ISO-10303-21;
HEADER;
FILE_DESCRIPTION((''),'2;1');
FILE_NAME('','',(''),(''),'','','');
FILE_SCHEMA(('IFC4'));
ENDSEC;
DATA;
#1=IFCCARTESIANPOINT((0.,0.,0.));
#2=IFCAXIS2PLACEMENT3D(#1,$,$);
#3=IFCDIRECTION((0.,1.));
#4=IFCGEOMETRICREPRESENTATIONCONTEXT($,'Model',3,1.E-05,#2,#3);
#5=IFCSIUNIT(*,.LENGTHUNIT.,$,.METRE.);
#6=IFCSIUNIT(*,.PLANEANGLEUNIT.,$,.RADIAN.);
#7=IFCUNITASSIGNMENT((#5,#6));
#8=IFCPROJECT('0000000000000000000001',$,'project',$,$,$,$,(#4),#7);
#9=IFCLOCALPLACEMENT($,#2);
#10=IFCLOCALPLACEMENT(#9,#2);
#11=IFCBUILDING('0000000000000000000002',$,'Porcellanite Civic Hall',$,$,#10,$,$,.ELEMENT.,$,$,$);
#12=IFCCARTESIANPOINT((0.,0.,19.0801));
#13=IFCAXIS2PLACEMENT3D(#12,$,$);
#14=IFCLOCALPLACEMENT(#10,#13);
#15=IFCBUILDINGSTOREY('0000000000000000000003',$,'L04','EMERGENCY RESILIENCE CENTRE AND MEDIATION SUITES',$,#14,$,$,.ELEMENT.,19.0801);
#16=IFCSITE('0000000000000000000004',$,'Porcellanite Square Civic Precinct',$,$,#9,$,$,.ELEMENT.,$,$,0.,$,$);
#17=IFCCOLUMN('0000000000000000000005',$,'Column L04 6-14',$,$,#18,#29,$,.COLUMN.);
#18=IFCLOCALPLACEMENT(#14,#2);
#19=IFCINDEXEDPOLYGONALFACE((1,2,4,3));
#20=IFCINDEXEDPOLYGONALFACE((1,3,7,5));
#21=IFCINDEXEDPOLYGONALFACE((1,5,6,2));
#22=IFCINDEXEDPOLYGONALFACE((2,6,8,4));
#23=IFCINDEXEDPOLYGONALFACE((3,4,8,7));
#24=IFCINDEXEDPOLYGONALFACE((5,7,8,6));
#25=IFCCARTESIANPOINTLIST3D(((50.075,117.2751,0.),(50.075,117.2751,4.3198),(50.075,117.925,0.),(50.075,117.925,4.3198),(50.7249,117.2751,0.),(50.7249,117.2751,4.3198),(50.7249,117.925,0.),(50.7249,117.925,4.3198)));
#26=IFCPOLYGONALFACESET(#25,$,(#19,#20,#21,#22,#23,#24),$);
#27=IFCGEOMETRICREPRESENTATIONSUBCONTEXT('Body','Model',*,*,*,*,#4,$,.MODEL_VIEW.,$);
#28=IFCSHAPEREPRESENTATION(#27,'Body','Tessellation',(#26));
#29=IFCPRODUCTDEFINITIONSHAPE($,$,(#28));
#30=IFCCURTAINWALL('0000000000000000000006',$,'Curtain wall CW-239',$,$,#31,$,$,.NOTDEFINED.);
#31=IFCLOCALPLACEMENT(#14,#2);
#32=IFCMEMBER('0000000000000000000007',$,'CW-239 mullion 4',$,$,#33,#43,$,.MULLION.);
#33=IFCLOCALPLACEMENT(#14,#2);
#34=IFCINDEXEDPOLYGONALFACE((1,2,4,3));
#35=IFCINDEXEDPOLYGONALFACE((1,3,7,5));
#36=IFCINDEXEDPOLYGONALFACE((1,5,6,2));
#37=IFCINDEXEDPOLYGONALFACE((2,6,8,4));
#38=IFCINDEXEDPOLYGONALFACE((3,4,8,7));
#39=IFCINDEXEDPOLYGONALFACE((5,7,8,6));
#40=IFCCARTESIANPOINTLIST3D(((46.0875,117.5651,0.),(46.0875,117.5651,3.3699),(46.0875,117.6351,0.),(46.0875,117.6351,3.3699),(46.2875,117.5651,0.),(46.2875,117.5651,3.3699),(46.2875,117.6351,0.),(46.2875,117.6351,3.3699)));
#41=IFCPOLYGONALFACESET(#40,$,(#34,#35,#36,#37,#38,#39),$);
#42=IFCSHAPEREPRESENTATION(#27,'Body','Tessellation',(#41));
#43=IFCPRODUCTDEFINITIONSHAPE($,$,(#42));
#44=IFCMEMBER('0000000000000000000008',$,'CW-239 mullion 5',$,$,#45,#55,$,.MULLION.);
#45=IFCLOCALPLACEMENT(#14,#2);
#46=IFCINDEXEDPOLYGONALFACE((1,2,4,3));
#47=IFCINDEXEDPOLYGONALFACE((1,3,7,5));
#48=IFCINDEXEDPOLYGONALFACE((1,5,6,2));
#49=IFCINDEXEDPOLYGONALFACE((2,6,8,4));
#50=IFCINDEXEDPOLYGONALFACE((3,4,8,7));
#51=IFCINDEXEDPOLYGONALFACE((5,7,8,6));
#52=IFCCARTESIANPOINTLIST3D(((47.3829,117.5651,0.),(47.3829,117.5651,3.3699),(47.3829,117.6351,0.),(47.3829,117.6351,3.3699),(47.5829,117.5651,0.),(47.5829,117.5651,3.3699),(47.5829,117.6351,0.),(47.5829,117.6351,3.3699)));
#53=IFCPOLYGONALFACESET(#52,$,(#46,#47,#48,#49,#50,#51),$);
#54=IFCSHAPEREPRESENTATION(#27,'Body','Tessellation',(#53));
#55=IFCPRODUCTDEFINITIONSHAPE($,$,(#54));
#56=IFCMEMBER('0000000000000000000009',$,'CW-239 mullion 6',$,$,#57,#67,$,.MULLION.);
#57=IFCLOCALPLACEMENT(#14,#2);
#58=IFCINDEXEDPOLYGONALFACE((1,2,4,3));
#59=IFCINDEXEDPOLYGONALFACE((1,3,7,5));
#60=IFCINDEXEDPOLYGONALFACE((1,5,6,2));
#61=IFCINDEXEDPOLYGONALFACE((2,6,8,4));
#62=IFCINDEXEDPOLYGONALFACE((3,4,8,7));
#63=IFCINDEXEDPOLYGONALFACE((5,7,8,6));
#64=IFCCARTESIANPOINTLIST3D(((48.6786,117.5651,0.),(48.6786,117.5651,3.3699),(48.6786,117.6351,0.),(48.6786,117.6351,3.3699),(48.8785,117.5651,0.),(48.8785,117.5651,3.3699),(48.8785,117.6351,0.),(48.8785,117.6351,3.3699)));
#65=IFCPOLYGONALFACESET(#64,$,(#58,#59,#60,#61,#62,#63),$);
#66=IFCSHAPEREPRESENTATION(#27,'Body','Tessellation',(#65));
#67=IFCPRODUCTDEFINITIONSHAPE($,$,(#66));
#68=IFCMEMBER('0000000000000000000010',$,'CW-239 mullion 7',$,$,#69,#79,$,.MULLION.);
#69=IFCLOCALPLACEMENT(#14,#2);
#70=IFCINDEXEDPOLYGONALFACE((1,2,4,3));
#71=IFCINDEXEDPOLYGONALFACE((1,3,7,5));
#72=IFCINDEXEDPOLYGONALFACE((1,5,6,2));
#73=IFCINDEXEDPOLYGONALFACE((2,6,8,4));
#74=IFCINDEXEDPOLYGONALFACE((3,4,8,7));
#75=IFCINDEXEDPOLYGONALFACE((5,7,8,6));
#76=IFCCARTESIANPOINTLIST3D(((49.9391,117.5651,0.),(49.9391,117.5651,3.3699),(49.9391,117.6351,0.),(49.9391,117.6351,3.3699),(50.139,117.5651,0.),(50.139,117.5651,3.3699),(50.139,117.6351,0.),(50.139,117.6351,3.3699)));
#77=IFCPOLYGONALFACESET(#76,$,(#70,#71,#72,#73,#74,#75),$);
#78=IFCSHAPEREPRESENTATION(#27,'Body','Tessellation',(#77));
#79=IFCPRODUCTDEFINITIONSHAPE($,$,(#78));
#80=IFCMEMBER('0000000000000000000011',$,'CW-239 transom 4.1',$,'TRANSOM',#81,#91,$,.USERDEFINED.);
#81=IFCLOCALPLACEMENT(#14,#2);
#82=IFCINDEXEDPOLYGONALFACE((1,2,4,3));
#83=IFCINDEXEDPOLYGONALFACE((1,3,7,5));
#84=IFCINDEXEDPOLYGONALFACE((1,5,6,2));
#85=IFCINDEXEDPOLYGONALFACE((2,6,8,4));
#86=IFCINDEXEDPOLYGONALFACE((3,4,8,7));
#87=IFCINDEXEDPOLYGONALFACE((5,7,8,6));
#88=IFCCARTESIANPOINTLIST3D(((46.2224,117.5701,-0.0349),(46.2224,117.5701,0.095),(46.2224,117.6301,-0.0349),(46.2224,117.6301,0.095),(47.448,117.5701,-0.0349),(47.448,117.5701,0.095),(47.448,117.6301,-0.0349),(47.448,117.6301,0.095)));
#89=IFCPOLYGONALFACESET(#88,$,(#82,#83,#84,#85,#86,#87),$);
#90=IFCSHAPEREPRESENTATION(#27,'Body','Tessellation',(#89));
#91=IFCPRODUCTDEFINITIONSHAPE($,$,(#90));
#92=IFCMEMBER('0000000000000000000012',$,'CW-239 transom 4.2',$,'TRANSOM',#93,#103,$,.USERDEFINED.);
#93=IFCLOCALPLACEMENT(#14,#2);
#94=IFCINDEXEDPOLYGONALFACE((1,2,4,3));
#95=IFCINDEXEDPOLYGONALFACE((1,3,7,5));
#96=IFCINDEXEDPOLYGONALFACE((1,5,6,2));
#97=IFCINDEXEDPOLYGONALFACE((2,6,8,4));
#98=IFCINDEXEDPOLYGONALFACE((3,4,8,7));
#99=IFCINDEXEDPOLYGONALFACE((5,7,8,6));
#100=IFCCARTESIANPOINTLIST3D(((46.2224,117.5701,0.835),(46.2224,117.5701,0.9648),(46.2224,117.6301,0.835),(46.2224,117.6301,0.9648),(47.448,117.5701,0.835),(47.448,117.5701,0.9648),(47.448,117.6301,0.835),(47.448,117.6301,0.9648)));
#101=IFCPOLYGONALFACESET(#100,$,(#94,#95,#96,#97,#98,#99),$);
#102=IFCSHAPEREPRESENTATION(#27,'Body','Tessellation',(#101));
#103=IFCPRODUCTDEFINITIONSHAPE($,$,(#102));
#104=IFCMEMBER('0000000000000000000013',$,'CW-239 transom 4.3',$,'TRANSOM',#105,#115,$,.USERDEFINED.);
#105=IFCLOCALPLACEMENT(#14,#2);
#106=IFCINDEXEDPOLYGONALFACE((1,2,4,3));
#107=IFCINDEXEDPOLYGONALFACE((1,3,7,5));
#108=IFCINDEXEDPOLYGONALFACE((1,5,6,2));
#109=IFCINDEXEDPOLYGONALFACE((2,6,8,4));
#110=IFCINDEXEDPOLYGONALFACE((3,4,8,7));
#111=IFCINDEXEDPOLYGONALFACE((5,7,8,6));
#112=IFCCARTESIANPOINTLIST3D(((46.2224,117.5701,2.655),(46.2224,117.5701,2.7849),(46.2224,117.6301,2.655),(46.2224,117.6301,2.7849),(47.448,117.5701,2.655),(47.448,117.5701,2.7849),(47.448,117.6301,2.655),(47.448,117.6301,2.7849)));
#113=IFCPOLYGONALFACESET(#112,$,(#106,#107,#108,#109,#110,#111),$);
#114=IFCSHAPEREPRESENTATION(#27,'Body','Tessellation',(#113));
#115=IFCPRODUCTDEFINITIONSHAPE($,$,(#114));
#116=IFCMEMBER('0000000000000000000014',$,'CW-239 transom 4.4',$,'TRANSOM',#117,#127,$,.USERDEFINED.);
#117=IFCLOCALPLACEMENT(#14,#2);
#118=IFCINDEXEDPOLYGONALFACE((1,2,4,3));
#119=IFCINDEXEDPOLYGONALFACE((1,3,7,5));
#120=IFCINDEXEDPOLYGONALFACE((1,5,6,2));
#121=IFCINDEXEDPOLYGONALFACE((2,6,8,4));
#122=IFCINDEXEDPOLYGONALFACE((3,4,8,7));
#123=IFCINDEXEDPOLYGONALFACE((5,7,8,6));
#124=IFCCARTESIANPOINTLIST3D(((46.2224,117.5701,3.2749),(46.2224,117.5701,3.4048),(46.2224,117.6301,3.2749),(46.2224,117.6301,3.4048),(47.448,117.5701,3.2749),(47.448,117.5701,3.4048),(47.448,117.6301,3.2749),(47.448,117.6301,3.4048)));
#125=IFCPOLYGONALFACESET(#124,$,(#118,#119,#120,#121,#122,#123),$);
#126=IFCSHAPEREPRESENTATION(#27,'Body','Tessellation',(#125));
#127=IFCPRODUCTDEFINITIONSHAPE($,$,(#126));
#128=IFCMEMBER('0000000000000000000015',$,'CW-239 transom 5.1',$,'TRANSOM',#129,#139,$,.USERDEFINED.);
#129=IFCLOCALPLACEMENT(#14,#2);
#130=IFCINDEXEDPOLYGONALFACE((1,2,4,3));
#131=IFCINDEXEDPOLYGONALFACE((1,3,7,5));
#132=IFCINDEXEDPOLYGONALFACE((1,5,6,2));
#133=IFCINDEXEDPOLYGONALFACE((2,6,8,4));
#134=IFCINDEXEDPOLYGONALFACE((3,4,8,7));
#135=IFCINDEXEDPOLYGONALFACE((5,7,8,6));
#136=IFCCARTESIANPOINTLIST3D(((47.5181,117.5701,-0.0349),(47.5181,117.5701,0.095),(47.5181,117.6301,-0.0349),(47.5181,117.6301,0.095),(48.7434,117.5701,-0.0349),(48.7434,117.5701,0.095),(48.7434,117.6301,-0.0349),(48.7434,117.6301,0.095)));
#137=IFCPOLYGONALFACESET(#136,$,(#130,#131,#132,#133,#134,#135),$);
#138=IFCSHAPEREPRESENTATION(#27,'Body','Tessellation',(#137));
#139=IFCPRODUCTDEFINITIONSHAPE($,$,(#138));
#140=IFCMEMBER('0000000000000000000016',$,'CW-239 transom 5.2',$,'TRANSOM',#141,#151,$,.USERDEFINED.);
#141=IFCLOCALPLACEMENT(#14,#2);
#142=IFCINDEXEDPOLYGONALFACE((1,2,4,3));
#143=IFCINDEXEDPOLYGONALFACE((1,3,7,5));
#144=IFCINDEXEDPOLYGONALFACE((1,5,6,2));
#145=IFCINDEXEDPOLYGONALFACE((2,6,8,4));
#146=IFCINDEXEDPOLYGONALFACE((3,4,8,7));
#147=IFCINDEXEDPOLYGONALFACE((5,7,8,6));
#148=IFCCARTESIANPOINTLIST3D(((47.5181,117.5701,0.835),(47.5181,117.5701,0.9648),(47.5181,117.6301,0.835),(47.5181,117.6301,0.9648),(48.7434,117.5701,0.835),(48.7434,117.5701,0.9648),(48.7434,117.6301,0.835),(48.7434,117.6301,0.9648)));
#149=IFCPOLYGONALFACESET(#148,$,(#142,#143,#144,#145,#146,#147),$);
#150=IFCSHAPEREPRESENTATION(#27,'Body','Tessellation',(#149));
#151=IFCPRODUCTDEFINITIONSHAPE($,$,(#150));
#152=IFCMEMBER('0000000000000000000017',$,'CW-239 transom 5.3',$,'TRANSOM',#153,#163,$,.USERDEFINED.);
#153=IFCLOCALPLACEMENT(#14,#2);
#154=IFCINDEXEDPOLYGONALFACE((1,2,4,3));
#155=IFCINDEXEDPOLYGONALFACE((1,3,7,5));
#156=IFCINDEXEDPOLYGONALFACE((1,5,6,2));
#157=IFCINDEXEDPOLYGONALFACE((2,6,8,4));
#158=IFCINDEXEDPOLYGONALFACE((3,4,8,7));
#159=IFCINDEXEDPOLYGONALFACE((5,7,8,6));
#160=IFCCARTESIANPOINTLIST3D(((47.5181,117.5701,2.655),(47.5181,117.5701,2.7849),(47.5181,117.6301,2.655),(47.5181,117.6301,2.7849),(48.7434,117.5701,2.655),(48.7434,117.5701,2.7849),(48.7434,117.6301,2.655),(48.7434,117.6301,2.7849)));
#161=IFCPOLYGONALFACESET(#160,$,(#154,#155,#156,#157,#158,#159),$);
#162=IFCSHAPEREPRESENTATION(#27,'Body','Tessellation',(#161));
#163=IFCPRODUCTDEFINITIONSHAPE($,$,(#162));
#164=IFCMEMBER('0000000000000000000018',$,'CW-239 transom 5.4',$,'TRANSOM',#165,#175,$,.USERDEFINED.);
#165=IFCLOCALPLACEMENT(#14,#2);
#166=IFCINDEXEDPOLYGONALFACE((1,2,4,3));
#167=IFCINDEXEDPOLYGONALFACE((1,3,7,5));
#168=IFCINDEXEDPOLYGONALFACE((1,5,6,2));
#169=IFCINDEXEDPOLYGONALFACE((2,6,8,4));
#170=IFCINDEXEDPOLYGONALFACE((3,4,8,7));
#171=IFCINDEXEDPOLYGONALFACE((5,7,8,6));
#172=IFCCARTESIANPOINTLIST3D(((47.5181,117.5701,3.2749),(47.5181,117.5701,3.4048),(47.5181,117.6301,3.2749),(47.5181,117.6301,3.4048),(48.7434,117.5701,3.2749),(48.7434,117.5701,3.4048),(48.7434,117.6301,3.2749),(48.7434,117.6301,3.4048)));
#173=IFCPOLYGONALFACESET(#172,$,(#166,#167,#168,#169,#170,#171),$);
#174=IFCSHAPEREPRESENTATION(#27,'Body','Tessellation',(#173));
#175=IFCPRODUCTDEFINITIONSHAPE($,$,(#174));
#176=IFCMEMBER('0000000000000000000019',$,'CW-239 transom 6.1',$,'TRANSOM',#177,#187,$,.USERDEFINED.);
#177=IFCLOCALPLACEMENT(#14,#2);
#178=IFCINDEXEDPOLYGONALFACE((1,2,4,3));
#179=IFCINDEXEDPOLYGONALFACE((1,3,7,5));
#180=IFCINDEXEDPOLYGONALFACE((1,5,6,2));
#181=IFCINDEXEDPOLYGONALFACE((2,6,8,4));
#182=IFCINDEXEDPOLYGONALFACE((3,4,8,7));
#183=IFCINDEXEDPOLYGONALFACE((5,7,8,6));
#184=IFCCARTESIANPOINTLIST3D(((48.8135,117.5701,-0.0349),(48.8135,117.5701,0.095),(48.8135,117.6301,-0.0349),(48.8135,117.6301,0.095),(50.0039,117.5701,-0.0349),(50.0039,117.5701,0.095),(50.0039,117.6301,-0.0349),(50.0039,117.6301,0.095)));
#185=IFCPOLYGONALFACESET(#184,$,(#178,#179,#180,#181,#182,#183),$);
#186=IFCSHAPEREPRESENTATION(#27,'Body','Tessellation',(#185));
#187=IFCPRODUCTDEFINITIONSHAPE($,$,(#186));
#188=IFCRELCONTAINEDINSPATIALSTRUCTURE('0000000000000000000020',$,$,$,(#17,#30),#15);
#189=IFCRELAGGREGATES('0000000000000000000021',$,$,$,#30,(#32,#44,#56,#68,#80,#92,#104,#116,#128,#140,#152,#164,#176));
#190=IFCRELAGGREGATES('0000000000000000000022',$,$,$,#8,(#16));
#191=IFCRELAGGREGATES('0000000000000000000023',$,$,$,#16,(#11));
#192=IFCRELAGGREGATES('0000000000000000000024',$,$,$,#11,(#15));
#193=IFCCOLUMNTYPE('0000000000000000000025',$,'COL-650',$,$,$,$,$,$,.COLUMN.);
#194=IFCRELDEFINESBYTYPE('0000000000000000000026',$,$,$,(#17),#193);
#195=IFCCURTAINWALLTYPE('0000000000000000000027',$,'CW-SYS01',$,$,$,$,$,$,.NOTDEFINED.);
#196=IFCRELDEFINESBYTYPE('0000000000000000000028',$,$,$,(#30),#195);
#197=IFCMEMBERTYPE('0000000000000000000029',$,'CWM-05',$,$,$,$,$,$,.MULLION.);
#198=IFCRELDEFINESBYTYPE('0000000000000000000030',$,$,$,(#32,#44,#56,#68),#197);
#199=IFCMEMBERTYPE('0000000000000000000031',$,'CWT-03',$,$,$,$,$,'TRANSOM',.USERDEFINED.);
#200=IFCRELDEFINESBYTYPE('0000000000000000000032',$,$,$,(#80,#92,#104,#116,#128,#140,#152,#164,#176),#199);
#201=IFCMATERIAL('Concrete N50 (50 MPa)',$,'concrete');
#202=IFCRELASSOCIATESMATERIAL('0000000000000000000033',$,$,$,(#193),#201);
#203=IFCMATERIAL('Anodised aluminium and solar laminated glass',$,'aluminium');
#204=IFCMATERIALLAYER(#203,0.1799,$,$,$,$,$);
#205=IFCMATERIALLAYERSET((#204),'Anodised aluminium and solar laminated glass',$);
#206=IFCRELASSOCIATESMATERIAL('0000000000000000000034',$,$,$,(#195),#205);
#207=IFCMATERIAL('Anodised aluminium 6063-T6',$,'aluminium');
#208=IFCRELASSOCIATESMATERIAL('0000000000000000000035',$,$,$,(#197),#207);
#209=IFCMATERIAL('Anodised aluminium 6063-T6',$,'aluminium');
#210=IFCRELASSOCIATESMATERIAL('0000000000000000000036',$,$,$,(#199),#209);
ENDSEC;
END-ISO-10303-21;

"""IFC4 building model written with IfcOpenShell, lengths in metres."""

from ifc_helpers import new_model, si_unit, direction, frame, origin, origin_2d, place, context, subcontext, project, spatial, rectangle, extrude, material, layer, layer_set, material_profile, profile_set, type_object, element, aggregate, save


model = new_model("IFC4")

# Units and contexts
model_context = context("Model", 3, precision=1e-05, world=origin(), true_north=direction((0.0, 1.0)))
body_context = subcontext(model_context, "Body", "Model", "MODEL_VIEW")
ifc_project = project(units=[si_unit("LENGTHUNIT", "METRE"), si_unit("PLANEANGLEUNIT", "RADIAN")], contexts=[model_context])

# Site, building, storey
site_placement = place(None, origin())
site = spatial("IfcSite", under=ifc_project, at=site_placement, Name="Porcellanite Square Civic Precinct", CompositionType="ELEMENT", RefElevation=0.0)
building_placement = place(site_placement, origin())
building = spatial("IfcBuilding", under=site, at=building_placement, Name="Porcellanite Civic Hall", CompositionType="ELEMENT")
storey_placement = place(building_placement, frame((0.0, 0.0, 19.0801)))
storey = spatial("IfcBuildingStorey", under=building, at=storey_placement, Name="L04", Description="EMERGENCY RESILIENCE CENTRE AND MEDIATION SUITES", CompositionType="ELEMENT", Elevation=19.0801)

# Column
ifc_material_1 = material(Name="Concrete N50 (50 MPa)", Category="concrete")
ifc_material_profile_1 = material_profile(ifc_material_1, rectangle(XDim=0.6499, YDim=0.6499, at=origin_2d()), Name="RC-650x650")
ifc_profile_set_1 = profile_set([ifc_material_profile_1], Name="Concrete N50 (50 MPa)")
column_type = type_object("IfcColumnType", Name="COL-650", PredefinedType="COLUMN", material=ifc_profile_set_1)
column_placement = place(storey_placement, frame((50.3999, 117.6001, 0.0), z_axis=(0.0, 0.0, 1.0), x_axis=(1.0, 0.0, 0.0)))
element("IfcColumn", 1, at=column_placement, inside=storey, type_object=column_type, Name="Column L04 6-14", PredefinedType="COLUMN", context=body_context, shape_type="SweptSolid", body=[
    extrude(rectangle(XDim=0.6499, YDim=0.6499, at=origin_2d()), origin(), (0.0, 0.0, 1.0), 4.3198),
])

# Curtain wall, members
ifc_material_2 = material(Name="Anodised aluminium and solar laminated glass", Category="aluminium")
ifc_layer_1 = layer(ifc_material_2, 0.1799)
ifc_layer_set_1 = layer_set([ifc_layer_1], Name="Anodised aluminium and solar laminated glass")
curtain_wall_type = type_object("IfcCurtainWallType", Name="CW-SYS01", PredefinedType="NOTDEFINED", material=ifc_layer_set_1)
curtain_wall_placement = place(storey_placement, origin())
curtain_wall = element("IfcCurtainWall", 2, at=curtain_wall_placement, inside=storey, type_object=curtain_wall_type, Name="Curtain wall CW-239", PredefinedType="NOTDEFINED")
ifc_material_3 = material(Name="Anodised aluminium 6063-T6", Category="aluminium")
ifc_material_profile_2 = material_profile(ifc_material_3, rectangle(XDim=0.0701, YDim=0.2, at=origin_2d()), Name="AL-70x200")
ifc_profile_set_2 = profile_set([ifc_material_profile_2], Name="Anodised aluminium 6063-T6")
member_type_1 = type_object("IfcMemberType", Name="CWM-05", PredefinedType="MULLION", material=ifc_profile_set_2)
member_1_placement = place(storey_placement, frame((46.1875, 117.6001, 0.0), z_axis=(0.0, 0.0, 1.0), x_axis=(0.0, 1.0, 0.0)))
member_1 = element("IfcMember", 3, at=member_1_placement, type_object=member_type_1, Name="CW-239 mullion 4", PredefinedType="MULLION", context=body_context, shape_type="SweptSolid", body=[
    extrude(rectangle(XDim=0.0701, YDim=0.2, at=origin_2d()), origin(), (0.0, 0.0, 1.0), 3.3699),
])
member_2_placement = place(storey_placement, frame((47.4829, 117.6001, 0.0), z_axis=(0.0, 0.0, 1.0), x_axis=(0.0, 1.0, 0.0)))
member_2 = element("IfcMember", 4, at=member_2_placement, type_object=member_type_1, Name="CW-239 mullion 5", PredefinedType="MULLION", context=body_context, shape_type="SweptSolid", body=[
    extrude(rectangle(XDim=0.0701, YDim=0.2, at=origin_2d()), origin(), (0.0, 0.0, 1.0), 3.3699),
])
member_3_placement = place(storey_placement, frame((48.7786, 117.6001, 0.0), z_axis=(0.0, 0.0, 1.0), x_axis=(0.0, 1.0, 0.0)))
member_3 = element("IfcMember", 5, at=member_3_placement, type_object=member_type_1, Name="CW-239 mullion 6", PredefinedType="MULLION", context=body_context, shape_type="SweptSolid", body=[
    extrude(rectangle(XDim=0.0701, YDim=0.2, at=origin_2d()), origin(), (0.0, 0.0, 1.0), 3.3699),
])
member_4_placement = place(storey_placement, frame((50.0391, 117.6001, 0.0), z_axis=(0.0, 0.0, 1.0), x_axis=(0.0, 1.0, 0.0)))
member_4 = element("IfcMember", 6, at=member_4_placement, type_object=member_type_1, Name="CW-239 mullion 7", PredefinedType="MULLION", context=body_context, shape_type="SweptSolid", body=[
    extrude(rectangle(XDim=0.0701, YDim=0.2, at=origin_2d()), origin(), (0.0, 0.0, 1.0), 3.3699),
])
ifc_material_4 = material(Name="Anodised aluminium 6063-T6", Category="aluminium")
ifc_material_profile_3 = material_profile(ifc_material_4, rectangle(XDim=0.0601, YDim=0.1299, at=origin_2d()), Name="AL-60x130")
ifc_profile_set_3 = profile_set([ifc_material_profile_3], Name="Anodised aluminium 6063-T6")
member_type_2 = type_object("IfcMemberType", Name="CWT-03", ElementType="TRANSOM", PredefinedType="USERDEFINED", material=ifc_profile_set_3)
member_5_placement = place(storey_placement, frame((46.2224, 117.6001, 0.03), z_axis=(1.0, 0.0, 0.0), x_axis=(0.0, 1.0, 0.0)))
member_5 = element("IfcMember", 7, at=member_5_placement, type_object=member_type_2, Name="CW-239 transom 4.1", ObjectType="TRANSOM", PredefinedType="USERDEFINED", context=body_context, shape_type="SweptSolid", body=[
    extrude(rectangle(XDim=0.0601, YDim=0.1299, at=origin_2d()), origin(), (0.0, 0.0, 1.0), 1.2256),
])
member_6_placement = place(storey_placement, frame((46.2224, 117.6001, 0.8999), z_axis=(1.0, 0.0, 0.0), x_axis=(0.0, 1.0, 0.0)))
member_6 = element("IfcMember", 8, at=member_6_placement, type_object=member_type_2, Name="CW-239 transom 4.2", ObjectType="TRANSOM", PredefinedType="USERDEFINED", context=body_context, shape_type="SweptSolid", body=[
    extrude(rectangle(XDim=0.0601, YDim=0.1299, at=origin_2d()), origin(), (0.0, 0.0, 1.0), 1.2256),
])
member_7_placement = place(storey_placement, frame((46.2224, 117.6001, 2.72), z_axis=(1.0, 0.0, 0.0), x_axis=(0.0, 1.0, 0.0)))
member_7 = element("IfcMember", 9, at=member_7_placement, type_object=member_type_2, Name="CW-239 transom 4.3", ObjectType="TRANSOM", PredefinedType="USERDEFINED", context=body_context, shape_type="SweptSolid", body=[
    extrude(rectangle(XDim=0.0601, YDim=0.1299, at=origin_2d()), origin(), (0.0, 0.0, 1.0), 1.2256),
])
member_8_placement = place(storey_placement, frame((46.2224, 117.6001, 3.3398), z_axis=(1.0, 0.0, 0.0), x_axis=(0.0, 1.0, 0.0)))
member_8 = element("IfcMember", 10, at=member_8_placement, type_object=member_type_2, Name="CW-239 transom 4.4", ObjectType="TRANSOM", PredefinedType="USERDEFINED", context=body_context, shape_type="SweptSolid", body=[
    extrude(rectangle(XDim=0.0601, YDim=0.1299, at=origin_2d()), origin(), (0.0, 0.0, 1.0), 1.2256),
])
member_9_placement = place(storey_placement, frame((47.5181, 117.6001, 0.03), z_axis=(1.0, 0.0, 0.0), x_axis=(0.0, 1.0, 0.0)))
member_9 = element("IfcMember", 11, at=member_9_placement, type_object=member_type_2, Name="CW-239 transom 5.1", ObjectType="TRANSOM", PredefinedType="USERDEFINED", context=body_context, shape_type="SweptSolid", body=[
    extrude(rectangle(XDim=0.0601, YDim=0.1299, at=origin_2d()), origin(), (0.0, 0.0, 1.0), 1.2253),
])
member_10_placement = place(storey_placement, frame((47.5181, 117.6001, 0.8999), z_axis=(1.0, 0.0, 0.0), x_axis=(0.0, 1.0, 0.0)))
member_10 = element("IfcMember", 12, at=member_10_placement, type_object=member_type_2, Name="CW-239 transom 5.2", ObjectType="TRANSOM", PredefinedType="USERDEFINED", context=body_context, shape_type="SweptSolid", body=[
    extrude(rectangle(XDim=0.0601, YDim=0.1299, at=origin_2d()), origin(), (0.0, 0.0, 1.0), 1.2253),
])
member_11_placement = place(storey_placement, frame((47.5181, 117.6001, 2.72), z_axis=(1.0, 0.0, 0.0), x_axis=(0.0, 1.0, 0.0)))
member_11 = element("IfcMember", 13, at=member_11_placement, type_object=member_type_2, Name="CW-239 transom 5.3", ObjectType="TRANSOM", PredefinedType="USERDEFINED", context=body_context, shape_type="SweptSolid", body=[
    extrude(rectangle(XDim=0.0601, YDim=0.1299, at=origin_2d()), origin(), (0.0, 0.0, 1.0), 1.2253),
])
member_12_placement = place(storey_placement, frame((47.5181, 117.6001, 3.3398), z_axis=(1.0, 0.0, 0.0), x_axis=(0.0, 1.0, 0.0)))
member_12 = element("IfcMember", 14, at=member_12_placement, type_object=member_type_2, Name="CW-239 transom 5.4", ObjectType="TRANSOM", PredefinedType="USERDEFINED", context=body_context, shape_type="SweptSolid", body=[
    extrude(rectangle(XDim=0.0601, YDim=0.1299, at=origin_2d()), origin(), (0.0, 0.0, 1.0), 1.2253),
])
member_13_placement = place(storey_placement, frame((48.8135, 117.6001, 0.03), z_axis=(1.0, 0.0, 0.0), x_axis=(0.0, 1.0, 0.0)))
member_13 = element("IfcMember", 15, at=member_13_placement, type_object=member_type_2, Name="CW-239 transom 6.1", ObjectType="TRANSOM", PredefinedType="USERDEFINED", context=body_context, shape_type="SweptSolid", body=[
    extrude(rectangle(XDim=0.0601, YDim=0.1299, at=origin_2d()), origin(), (0.0, 0.0, 1.0), 1.1904),
])
aggregate(curtain_wall, [member_1, member_2, member_3, member_4, member_5, member_6, member_7, member_8, member_9, member_10, member_11, member_12, member_13])

save(model, "model.ifc")
